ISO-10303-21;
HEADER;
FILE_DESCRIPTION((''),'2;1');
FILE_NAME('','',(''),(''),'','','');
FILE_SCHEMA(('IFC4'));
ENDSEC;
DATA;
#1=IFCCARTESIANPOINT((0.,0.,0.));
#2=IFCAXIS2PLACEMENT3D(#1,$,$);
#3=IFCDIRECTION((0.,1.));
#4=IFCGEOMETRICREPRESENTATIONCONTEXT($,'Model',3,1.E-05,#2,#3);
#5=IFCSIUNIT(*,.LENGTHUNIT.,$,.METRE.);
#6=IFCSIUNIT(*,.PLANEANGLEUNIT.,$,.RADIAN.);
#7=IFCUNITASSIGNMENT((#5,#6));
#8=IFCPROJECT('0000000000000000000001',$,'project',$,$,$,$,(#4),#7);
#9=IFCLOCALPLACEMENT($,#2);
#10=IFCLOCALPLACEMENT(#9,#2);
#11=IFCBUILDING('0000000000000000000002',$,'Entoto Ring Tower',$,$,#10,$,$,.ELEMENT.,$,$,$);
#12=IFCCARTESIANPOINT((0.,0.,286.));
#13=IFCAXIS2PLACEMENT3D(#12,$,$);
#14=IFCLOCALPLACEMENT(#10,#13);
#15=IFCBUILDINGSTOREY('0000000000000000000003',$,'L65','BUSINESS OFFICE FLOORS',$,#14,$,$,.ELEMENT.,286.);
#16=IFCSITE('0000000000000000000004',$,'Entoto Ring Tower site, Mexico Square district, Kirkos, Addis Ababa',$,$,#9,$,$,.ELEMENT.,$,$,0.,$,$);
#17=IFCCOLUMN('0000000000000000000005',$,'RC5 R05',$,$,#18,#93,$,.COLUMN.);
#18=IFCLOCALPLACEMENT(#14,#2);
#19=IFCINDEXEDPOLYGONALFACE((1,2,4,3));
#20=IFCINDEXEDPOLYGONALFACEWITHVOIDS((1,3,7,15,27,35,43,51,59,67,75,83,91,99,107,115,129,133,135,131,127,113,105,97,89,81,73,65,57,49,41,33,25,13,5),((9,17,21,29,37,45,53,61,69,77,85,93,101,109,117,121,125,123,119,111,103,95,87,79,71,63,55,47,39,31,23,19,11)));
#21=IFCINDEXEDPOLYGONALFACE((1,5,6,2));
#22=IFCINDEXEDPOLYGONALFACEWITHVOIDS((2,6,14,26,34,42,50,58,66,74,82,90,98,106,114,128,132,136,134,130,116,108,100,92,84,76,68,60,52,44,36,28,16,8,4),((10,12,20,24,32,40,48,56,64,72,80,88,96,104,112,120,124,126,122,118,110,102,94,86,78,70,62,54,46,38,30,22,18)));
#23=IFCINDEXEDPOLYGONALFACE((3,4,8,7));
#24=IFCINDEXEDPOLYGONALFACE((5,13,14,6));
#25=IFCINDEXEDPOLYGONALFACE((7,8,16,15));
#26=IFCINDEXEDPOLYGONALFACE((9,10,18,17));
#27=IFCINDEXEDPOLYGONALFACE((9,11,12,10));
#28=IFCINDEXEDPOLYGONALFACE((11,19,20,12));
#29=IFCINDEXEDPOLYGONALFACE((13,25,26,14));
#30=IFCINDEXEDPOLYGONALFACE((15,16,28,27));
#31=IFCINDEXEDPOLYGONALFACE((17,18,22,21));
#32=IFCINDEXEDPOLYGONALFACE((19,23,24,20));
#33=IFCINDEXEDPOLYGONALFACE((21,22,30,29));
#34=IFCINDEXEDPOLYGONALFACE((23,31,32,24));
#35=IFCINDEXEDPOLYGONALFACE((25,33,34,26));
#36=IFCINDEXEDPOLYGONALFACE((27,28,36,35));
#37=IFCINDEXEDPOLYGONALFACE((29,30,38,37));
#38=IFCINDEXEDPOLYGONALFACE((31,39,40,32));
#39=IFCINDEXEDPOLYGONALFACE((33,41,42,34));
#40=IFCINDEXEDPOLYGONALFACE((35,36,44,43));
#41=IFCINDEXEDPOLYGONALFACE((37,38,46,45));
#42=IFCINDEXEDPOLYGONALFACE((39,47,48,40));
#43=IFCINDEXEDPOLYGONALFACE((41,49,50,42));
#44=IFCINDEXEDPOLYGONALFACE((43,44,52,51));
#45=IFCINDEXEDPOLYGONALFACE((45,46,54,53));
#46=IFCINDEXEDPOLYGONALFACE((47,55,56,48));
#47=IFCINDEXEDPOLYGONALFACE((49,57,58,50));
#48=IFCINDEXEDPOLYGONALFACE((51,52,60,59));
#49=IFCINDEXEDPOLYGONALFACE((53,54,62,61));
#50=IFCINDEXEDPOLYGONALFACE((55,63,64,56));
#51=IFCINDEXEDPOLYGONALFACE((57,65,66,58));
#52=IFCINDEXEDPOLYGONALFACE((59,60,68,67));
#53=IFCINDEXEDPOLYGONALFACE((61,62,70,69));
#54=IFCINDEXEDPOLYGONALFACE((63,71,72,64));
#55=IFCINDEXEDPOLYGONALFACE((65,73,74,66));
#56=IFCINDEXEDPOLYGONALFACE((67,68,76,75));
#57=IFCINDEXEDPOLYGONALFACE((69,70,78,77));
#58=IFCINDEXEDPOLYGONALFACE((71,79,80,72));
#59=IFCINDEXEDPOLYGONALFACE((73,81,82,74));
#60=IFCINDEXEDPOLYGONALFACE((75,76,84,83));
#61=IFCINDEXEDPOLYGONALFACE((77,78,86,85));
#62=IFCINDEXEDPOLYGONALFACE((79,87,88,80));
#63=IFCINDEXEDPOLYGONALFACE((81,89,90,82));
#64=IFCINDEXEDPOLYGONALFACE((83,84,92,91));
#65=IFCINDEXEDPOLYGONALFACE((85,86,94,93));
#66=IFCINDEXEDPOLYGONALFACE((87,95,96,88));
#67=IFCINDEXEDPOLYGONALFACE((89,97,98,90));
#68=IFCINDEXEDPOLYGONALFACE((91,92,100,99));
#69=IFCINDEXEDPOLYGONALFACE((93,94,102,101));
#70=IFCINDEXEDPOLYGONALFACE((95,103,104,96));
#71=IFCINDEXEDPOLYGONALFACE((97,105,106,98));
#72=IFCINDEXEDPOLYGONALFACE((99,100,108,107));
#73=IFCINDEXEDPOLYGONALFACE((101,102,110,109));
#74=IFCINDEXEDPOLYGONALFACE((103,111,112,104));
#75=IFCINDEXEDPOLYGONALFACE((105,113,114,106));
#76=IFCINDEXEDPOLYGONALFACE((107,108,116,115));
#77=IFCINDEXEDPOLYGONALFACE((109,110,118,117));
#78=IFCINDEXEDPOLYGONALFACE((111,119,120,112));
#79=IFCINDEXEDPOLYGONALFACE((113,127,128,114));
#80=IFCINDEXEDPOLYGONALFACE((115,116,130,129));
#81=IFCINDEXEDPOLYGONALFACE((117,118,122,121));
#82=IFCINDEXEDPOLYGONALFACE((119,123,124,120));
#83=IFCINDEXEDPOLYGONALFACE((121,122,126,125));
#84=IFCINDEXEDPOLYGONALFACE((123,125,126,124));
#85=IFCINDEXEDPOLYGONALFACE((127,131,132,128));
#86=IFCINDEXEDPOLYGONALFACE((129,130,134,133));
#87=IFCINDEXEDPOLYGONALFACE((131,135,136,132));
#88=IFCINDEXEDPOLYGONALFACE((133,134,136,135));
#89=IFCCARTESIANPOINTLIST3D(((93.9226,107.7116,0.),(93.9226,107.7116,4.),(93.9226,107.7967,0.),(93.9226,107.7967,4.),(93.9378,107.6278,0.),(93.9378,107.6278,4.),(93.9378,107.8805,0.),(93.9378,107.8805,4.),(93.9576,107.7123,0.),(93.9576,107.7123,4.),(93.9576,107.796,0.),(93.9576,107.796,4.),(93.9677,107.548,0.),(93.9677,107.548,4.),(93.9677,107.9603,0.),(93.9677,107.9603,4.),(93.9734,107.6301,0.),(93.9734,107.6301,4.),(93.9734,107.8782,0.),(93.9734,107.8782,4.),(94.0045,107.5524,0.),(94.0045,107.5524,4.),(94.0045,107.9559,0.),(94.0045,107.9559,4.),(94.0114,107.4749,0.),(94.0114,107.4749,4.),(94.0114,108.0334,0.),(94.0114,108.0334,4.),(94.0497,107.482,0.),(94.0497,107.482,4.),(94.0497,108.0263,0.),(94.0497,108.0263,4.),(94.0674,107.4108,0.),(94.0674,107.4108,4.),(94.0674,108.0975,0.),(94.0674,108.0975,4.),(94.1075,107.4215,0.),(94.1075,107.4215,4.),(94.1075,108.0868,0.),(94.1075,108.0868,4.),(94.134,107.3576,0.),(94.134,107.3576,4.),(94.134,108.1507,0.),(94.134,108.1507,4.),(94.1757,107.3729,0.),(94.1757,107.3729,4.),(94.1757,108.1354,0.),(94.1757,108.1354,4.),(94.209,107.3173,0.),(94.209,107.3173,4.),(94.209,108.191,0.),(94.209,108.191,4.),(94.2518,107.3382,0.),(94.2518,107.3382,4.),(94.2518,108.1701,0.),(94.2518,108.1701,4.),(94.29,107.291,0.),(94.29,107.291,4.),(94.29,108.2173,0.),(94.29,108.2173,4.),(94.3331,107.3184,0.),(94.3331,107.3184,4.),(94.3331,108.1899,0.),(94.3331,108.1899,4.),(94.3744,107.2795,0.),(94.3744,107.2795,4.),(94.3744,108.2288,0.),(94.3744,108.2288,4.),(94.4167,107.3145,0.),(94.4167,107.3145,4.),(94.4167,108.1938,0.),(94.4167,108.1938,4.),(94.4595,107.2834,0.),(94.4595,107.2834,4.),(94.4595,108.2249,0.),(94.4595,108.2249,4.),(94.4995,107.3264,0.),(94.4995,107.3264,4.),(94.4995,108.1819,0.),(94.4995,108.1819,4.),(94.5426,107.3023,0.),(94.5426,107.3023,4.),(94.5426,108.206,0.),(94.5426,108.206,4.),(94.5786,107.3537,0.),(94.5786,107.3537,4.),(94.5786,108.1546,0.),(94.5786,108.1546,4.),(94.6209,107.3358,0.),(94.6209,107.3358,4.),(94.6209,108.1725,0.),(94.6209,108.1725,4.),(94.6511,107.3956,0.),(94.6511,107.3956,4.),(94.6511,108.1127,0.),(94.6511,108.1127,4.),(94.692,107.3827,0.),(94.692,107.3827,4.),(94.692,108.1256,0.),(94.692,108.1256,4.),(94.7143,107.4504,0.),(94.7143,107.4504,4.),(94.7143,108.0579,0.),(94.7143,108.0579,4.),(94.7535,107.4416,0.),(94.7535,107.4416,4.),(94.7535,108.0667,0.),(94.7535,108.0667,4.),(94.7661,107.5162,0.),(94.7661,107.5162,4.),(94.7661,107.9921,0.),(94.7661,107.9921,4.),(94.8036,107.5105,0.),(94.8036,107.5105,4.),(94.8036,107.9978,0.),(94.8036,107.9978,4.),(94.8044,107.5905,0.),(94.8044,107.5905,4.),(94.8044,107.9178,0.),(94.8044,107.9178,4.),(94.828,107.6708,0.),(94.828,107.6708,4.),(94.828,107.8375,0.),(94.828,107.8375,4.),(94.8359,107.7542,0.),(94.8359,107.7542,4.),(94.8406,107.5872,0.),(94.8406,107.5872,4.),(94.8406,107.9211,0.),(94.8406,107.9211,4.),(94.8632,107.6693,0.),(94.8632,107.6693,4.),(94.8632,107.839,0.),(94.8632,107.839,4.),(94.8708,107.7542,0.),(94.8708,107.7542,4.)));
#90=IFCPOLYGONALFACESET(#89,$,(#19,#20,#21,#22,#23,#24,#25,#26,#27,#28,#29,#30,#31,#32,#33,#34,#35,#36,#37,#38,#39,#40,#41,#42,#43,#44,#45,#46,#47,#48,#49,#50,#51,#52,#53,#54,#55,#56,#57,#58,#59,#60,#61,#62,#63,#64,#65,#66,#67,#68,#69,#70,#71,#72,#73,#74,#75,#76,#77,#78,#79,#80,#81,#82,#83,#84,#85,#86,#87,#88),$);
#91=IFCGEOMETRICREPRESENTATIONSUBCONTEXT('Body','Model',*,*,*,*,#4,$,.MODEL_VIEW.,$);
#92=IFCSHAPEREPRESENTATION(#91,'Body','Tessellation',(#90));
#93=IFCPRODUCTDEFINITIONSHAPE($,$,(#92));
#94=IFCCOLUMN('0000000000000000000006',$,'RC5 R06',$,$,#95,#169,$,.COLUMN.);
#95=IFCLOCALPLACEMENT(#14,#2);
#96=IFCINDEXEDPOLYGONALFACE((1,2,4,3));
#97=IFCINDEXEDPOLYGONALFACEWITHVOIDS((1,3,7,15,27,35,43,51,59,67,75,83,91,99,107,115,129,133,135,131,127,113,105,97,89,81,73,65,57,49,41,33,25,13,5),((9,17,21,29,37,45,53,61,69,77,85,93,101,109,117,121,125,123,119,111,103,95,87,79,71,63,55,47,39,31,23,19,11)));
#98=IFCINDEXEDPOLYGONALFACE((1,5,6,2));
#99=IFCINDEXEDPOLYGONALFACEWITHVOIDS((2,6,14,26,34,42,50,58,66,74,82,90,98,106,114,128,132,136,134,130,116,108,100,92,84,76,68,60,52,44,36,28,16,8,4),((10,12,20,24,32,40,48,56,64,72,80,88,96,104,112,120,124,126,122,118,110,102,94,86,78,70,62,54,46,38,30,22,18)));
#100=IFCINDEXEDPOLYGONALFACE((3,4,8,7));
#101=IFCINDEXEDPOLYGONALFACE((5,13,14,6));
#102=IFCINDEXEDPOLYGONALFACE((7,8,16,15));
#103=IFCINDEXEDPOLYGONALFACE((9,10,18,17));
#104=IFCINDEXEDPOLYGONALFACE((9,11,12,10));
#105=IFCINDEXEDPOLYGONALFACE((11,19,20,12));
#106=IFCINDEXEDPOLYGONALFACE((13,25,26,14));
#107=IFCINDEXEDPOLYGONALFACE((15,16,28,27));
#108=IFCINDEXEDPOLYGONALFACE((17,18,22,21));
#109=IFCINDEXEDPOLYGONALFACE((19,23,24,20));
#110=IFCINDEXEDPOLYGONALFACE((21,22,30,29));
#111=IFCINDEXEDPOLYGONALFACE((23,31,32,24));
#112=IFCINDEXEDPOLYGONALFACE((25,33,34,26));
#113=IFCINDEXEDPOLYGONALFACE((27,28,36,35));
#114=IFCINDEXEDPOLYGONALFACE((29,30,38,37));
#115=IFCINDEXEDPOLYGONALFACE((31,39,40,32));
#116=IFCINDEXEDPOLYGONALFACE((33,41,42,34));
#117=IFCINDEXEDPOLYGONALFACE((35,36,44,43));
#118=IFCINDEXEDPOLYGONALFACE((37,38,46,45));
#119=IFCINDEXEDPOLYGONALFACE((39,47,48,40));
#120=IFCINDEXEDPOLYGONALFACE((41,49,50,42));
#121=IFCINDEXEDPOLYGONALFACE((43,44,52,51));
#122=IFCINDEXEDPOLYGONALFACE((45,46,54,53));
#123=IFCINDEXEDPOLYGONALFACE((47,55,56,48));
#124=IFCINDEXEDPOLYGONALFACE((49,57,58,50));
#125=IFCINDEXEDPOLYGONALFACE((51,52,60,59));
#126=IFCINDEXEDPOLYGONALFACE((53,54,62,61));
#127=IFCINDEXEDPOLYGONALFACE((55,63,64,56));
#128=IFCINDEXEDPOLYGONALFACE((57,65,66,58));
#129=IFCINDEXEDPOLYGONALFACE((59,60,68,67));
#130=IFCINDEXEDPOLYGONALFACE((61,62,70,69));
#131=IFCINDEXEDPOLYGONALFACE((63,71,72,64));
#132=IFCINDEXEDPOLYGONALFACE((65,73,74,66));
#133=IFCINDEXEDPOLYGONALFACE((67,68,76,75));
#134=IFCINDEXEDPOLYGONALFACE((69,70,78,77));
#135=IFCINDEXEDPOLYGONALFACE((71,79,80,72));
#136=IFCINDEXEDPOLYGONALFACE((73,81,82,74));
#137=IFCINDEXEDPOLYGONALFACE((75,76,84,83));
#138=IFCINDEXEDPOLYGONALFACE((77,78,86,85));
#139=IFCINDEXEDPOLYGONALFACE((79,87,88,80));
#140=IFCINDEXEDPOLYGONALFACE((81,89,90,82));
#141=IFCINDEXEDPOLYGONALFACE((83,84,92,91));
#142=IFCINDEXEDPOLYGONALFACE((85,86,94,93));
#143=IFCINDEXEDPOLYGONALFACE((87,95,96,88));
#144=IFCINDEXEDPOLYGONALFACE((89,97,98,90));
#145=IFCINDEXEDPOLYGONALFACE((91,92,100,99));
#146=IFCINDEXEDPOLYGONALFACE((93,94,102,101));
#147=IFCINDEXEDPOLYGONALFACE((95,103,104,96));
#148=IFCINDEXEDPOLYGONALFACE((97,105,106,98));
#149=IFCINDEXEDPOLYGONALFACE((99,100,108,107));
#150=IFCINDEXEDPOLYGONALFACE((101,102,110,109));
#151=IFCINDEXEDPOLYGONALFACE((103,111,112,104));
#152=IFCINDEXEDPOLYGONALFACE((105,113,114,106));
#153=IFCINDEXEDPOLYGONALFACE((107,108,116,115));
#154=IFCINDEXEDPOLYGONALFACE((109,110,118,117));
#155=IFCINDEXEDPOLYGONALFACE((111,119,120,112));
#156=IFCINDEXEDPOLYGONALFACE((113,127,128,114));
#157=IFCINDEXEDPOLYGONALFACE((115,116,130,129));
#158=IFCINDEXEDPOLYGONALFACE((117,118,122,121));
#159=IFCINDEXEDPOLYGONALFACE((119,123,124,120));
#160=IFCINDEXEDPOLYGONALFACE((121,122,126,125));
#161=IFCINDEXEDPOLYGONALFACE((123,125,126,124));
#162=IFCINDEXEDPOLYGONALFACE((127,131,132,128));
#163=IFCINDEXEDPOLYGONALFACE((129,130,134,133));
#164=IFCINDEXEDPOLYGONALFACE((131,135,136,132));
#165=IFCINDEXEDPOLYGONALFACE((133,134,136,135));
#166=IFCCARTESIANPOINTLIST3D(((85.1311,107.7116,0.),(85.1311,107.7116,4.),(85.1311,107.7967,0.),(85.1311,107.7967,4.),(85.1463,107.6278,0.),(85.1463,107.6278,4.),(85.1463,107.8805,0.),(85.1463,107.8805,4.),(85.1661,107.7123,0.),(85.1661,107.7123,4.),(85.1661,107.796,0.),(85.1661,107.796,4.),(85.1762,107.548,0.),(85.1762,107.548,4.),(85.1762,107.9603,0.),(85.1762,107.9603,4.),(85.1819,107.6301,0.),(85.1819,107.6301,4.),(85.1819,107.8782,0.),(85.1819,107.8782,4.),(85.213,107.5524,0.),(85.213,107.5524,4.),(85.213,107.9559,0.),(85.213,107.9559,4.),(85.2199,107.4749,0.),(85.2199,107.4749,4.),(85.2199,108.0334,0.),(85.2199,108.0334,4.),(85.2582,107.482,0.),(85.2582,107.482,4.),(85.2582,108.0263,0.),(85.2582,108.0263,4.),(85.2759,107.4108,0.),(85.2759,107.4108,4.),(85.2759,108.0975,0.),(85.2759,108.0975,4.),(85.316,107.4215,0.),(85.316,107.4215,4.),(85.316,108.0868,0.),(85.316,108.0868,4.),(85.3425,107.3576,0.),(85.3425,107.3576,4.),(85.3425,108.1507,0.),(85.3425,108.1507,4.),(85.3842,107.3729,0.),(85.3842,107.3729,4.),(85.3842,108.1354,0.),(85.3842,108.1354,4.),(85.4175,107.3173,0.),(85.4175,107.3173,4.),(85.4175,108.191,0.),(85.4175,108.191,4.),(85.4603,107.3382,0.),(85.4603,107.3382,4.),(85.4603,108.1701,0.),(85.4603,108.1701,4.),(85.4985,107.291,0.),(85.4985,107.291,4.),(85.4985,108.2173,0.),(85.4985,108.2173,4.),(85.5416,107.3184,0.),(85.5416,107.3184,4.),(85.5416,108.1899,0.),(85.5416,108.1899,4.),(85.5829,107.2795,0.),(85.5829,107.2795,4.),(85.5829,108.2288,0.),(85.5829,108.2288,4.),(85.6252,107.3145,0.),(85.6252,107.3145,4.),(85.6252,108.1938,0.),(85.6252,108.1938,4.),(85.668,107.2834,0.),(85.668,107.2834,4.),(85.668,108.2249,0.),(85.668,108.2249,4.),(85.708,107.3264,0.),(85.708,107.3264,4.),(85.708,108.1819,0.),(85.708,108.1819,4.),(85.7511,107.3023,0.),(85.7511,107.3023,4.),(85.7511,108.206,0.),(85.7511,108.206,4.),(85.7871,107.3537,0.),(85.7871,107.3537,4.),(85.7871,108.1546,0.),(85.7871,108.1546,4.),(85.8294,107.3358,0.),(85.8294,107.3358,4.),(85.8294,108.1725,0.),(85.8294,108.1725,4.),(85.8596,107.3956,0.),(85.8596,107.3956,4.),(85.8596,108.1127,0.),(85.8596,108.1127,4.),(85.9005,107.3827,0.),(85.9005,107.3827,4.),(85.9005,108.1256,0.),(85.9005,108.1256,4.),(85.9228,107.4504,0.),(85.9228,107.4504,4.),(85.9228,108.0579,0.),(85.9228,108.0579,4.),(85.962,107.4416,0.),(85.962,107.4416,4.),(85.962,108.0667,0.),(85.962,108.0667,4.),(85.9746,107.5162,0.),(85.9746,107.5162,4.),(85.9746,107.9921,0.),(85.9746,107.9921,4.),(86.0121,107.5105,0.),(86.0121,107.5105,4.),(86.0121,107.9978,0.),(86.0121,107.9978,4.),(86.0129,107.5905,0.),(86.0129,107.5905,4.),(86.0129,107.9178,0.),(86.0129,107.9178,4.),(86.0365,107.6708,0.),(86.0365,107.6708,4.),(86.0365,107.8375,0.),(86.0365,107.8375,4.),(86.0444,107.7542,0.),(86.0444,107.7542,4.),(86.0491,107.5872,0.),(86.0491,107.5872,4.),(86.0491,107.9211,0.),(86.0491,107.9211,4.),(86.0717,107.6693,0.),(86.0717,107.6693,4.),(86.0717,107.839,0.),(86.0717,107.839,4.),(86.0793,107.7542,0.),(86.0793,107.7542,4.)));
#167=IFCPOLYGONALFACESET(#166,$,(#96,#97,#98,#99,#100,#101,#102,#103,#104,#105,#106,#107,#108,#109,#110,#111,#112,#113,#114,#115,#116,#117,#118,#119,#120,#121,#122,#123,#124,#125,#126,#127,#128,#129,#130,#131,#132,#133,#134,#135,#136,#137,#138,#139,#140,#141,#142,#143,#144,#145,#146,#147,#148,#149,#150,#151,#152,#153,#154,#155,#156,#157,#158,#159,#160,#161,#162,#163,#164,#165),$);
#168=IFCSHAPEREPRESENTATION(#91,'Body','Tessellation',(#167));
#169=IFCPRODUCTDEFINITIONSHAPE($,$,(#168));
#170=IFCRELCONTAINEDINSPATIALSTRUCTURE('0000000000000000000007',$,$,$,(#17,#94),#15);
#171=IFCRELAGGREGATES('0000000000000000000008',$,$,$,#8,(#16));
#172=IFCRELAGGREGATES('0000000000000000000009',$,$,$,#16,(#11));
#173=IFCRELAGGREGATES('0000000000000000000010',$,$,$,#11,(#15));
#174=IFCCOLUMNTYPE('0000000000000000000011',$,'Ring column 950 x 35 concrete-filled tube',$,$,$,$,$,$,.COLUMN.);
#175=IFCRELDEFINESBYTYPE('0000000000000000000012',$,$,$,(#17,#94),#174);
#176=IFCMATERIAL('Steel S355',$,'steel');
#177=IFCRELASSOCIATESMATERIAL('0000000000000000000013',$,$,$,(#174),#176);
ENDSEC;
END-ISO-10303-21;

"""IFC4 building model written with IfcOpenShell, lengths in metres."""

from ifc_helpers import new_model, si_unit, direction, frame, origin, origin_2d, place, context, subcontext, project, spatial, circle, hollow_circle, extrude, material, material_profile, profile_set, type_object, element, save


model = new_model("IFC4")

# Units and contexts
model_context = context("Model", 3, precision=1e-05, world=origin(), true_north=direction((0.0, 1.0)))
body_context = subcontext(model_context, "Body", "Model", "MODEL_VIEW")
ifc_project = project(units=[si_unit("LENGTHUNIT", "METRE"), si_unit("PLANEANGLEUNIT", "RADIAN")], contexts=[model_context])

# Site, building, storey
site_placement = place(None, origin())
site = spatial("IfcSite", under=ifc_project, at=site_placement, Name="Entoto Ring Tower site, Mexico Square district, Kirkos, Addis Ababa", CompositionType="ELEMENT", RefElevation=0.0)
building_placement = place(site_placement, origin())
building = spatial("IfcBuilding", under=site, at=building_placement, Name="Entoto Ring Tower", CompositionType="ELEMENT")
storey_placement = place(building_placement, frame((0.0, 0.0, 286.0)))
storey = spatial("IfcBuildingStorey", under=building, at=storey_placement, Name="L65", Description="BUSINESS OFFICE FLOORS", CompositionType="ELEMENT", Elevation=286.0)

# Columns
ifc_material_1 = material(Name="Steel S355", Category="steel")
ifc_material_profile_1 = material_profile(ifc_material_1, hollow_circle(Radius=0.4751, WallThickness=0.0349, at=origin_2d()), Name="CHS 950 x 35")
ifc_material_2 = material(Name="Concrete C60/75", Category="concrete")
ifc_material_profile_2 = material_profile(ifc_material_2, circle(Radius=0.4399, at=origin_2d()), Name="Concrete C60/75 infill")
ifc_profile_set_1 = profile_set([ifc_material_profile_1, ifc_material_profile_2], Name="Steel S355")
column_type = type_object("IfcColumnType", Name="Ring column 950 x 35 concrete-filled tube", PredefinedType="COLUMN", material=ifc_profile_set_1)
for number, where, z_axis, x_axis, name in (
    (1, (94.3958, 107.7542, 0.0), (0.0, 0.0, 1.0), (1.0, 0.0, 0.0), "RC5 R05"),
    (2, (85.6042, 107.7542, 0.0), (0.0, 0.0, 1.0), (1.0, 0.0, 0.0), "RC5 R06"),
):
    element("IfcColumn", number, at=place(storey_placement, frame(where, z_axis=z_axis, x_axis=x_axis)), inside=storey, type_object=column_type, Name=name, PredefinedType="COLUMN", context=body_context, shape_type="SweptSolid", body=[
        extrude(hollow_circle(Radius=0.4751, WallThickness=0.0349, at=origin_2d()), origin(), (0.0, 0.0, 1.0), 4.0),
    ])

save(model, "model.ifc")
